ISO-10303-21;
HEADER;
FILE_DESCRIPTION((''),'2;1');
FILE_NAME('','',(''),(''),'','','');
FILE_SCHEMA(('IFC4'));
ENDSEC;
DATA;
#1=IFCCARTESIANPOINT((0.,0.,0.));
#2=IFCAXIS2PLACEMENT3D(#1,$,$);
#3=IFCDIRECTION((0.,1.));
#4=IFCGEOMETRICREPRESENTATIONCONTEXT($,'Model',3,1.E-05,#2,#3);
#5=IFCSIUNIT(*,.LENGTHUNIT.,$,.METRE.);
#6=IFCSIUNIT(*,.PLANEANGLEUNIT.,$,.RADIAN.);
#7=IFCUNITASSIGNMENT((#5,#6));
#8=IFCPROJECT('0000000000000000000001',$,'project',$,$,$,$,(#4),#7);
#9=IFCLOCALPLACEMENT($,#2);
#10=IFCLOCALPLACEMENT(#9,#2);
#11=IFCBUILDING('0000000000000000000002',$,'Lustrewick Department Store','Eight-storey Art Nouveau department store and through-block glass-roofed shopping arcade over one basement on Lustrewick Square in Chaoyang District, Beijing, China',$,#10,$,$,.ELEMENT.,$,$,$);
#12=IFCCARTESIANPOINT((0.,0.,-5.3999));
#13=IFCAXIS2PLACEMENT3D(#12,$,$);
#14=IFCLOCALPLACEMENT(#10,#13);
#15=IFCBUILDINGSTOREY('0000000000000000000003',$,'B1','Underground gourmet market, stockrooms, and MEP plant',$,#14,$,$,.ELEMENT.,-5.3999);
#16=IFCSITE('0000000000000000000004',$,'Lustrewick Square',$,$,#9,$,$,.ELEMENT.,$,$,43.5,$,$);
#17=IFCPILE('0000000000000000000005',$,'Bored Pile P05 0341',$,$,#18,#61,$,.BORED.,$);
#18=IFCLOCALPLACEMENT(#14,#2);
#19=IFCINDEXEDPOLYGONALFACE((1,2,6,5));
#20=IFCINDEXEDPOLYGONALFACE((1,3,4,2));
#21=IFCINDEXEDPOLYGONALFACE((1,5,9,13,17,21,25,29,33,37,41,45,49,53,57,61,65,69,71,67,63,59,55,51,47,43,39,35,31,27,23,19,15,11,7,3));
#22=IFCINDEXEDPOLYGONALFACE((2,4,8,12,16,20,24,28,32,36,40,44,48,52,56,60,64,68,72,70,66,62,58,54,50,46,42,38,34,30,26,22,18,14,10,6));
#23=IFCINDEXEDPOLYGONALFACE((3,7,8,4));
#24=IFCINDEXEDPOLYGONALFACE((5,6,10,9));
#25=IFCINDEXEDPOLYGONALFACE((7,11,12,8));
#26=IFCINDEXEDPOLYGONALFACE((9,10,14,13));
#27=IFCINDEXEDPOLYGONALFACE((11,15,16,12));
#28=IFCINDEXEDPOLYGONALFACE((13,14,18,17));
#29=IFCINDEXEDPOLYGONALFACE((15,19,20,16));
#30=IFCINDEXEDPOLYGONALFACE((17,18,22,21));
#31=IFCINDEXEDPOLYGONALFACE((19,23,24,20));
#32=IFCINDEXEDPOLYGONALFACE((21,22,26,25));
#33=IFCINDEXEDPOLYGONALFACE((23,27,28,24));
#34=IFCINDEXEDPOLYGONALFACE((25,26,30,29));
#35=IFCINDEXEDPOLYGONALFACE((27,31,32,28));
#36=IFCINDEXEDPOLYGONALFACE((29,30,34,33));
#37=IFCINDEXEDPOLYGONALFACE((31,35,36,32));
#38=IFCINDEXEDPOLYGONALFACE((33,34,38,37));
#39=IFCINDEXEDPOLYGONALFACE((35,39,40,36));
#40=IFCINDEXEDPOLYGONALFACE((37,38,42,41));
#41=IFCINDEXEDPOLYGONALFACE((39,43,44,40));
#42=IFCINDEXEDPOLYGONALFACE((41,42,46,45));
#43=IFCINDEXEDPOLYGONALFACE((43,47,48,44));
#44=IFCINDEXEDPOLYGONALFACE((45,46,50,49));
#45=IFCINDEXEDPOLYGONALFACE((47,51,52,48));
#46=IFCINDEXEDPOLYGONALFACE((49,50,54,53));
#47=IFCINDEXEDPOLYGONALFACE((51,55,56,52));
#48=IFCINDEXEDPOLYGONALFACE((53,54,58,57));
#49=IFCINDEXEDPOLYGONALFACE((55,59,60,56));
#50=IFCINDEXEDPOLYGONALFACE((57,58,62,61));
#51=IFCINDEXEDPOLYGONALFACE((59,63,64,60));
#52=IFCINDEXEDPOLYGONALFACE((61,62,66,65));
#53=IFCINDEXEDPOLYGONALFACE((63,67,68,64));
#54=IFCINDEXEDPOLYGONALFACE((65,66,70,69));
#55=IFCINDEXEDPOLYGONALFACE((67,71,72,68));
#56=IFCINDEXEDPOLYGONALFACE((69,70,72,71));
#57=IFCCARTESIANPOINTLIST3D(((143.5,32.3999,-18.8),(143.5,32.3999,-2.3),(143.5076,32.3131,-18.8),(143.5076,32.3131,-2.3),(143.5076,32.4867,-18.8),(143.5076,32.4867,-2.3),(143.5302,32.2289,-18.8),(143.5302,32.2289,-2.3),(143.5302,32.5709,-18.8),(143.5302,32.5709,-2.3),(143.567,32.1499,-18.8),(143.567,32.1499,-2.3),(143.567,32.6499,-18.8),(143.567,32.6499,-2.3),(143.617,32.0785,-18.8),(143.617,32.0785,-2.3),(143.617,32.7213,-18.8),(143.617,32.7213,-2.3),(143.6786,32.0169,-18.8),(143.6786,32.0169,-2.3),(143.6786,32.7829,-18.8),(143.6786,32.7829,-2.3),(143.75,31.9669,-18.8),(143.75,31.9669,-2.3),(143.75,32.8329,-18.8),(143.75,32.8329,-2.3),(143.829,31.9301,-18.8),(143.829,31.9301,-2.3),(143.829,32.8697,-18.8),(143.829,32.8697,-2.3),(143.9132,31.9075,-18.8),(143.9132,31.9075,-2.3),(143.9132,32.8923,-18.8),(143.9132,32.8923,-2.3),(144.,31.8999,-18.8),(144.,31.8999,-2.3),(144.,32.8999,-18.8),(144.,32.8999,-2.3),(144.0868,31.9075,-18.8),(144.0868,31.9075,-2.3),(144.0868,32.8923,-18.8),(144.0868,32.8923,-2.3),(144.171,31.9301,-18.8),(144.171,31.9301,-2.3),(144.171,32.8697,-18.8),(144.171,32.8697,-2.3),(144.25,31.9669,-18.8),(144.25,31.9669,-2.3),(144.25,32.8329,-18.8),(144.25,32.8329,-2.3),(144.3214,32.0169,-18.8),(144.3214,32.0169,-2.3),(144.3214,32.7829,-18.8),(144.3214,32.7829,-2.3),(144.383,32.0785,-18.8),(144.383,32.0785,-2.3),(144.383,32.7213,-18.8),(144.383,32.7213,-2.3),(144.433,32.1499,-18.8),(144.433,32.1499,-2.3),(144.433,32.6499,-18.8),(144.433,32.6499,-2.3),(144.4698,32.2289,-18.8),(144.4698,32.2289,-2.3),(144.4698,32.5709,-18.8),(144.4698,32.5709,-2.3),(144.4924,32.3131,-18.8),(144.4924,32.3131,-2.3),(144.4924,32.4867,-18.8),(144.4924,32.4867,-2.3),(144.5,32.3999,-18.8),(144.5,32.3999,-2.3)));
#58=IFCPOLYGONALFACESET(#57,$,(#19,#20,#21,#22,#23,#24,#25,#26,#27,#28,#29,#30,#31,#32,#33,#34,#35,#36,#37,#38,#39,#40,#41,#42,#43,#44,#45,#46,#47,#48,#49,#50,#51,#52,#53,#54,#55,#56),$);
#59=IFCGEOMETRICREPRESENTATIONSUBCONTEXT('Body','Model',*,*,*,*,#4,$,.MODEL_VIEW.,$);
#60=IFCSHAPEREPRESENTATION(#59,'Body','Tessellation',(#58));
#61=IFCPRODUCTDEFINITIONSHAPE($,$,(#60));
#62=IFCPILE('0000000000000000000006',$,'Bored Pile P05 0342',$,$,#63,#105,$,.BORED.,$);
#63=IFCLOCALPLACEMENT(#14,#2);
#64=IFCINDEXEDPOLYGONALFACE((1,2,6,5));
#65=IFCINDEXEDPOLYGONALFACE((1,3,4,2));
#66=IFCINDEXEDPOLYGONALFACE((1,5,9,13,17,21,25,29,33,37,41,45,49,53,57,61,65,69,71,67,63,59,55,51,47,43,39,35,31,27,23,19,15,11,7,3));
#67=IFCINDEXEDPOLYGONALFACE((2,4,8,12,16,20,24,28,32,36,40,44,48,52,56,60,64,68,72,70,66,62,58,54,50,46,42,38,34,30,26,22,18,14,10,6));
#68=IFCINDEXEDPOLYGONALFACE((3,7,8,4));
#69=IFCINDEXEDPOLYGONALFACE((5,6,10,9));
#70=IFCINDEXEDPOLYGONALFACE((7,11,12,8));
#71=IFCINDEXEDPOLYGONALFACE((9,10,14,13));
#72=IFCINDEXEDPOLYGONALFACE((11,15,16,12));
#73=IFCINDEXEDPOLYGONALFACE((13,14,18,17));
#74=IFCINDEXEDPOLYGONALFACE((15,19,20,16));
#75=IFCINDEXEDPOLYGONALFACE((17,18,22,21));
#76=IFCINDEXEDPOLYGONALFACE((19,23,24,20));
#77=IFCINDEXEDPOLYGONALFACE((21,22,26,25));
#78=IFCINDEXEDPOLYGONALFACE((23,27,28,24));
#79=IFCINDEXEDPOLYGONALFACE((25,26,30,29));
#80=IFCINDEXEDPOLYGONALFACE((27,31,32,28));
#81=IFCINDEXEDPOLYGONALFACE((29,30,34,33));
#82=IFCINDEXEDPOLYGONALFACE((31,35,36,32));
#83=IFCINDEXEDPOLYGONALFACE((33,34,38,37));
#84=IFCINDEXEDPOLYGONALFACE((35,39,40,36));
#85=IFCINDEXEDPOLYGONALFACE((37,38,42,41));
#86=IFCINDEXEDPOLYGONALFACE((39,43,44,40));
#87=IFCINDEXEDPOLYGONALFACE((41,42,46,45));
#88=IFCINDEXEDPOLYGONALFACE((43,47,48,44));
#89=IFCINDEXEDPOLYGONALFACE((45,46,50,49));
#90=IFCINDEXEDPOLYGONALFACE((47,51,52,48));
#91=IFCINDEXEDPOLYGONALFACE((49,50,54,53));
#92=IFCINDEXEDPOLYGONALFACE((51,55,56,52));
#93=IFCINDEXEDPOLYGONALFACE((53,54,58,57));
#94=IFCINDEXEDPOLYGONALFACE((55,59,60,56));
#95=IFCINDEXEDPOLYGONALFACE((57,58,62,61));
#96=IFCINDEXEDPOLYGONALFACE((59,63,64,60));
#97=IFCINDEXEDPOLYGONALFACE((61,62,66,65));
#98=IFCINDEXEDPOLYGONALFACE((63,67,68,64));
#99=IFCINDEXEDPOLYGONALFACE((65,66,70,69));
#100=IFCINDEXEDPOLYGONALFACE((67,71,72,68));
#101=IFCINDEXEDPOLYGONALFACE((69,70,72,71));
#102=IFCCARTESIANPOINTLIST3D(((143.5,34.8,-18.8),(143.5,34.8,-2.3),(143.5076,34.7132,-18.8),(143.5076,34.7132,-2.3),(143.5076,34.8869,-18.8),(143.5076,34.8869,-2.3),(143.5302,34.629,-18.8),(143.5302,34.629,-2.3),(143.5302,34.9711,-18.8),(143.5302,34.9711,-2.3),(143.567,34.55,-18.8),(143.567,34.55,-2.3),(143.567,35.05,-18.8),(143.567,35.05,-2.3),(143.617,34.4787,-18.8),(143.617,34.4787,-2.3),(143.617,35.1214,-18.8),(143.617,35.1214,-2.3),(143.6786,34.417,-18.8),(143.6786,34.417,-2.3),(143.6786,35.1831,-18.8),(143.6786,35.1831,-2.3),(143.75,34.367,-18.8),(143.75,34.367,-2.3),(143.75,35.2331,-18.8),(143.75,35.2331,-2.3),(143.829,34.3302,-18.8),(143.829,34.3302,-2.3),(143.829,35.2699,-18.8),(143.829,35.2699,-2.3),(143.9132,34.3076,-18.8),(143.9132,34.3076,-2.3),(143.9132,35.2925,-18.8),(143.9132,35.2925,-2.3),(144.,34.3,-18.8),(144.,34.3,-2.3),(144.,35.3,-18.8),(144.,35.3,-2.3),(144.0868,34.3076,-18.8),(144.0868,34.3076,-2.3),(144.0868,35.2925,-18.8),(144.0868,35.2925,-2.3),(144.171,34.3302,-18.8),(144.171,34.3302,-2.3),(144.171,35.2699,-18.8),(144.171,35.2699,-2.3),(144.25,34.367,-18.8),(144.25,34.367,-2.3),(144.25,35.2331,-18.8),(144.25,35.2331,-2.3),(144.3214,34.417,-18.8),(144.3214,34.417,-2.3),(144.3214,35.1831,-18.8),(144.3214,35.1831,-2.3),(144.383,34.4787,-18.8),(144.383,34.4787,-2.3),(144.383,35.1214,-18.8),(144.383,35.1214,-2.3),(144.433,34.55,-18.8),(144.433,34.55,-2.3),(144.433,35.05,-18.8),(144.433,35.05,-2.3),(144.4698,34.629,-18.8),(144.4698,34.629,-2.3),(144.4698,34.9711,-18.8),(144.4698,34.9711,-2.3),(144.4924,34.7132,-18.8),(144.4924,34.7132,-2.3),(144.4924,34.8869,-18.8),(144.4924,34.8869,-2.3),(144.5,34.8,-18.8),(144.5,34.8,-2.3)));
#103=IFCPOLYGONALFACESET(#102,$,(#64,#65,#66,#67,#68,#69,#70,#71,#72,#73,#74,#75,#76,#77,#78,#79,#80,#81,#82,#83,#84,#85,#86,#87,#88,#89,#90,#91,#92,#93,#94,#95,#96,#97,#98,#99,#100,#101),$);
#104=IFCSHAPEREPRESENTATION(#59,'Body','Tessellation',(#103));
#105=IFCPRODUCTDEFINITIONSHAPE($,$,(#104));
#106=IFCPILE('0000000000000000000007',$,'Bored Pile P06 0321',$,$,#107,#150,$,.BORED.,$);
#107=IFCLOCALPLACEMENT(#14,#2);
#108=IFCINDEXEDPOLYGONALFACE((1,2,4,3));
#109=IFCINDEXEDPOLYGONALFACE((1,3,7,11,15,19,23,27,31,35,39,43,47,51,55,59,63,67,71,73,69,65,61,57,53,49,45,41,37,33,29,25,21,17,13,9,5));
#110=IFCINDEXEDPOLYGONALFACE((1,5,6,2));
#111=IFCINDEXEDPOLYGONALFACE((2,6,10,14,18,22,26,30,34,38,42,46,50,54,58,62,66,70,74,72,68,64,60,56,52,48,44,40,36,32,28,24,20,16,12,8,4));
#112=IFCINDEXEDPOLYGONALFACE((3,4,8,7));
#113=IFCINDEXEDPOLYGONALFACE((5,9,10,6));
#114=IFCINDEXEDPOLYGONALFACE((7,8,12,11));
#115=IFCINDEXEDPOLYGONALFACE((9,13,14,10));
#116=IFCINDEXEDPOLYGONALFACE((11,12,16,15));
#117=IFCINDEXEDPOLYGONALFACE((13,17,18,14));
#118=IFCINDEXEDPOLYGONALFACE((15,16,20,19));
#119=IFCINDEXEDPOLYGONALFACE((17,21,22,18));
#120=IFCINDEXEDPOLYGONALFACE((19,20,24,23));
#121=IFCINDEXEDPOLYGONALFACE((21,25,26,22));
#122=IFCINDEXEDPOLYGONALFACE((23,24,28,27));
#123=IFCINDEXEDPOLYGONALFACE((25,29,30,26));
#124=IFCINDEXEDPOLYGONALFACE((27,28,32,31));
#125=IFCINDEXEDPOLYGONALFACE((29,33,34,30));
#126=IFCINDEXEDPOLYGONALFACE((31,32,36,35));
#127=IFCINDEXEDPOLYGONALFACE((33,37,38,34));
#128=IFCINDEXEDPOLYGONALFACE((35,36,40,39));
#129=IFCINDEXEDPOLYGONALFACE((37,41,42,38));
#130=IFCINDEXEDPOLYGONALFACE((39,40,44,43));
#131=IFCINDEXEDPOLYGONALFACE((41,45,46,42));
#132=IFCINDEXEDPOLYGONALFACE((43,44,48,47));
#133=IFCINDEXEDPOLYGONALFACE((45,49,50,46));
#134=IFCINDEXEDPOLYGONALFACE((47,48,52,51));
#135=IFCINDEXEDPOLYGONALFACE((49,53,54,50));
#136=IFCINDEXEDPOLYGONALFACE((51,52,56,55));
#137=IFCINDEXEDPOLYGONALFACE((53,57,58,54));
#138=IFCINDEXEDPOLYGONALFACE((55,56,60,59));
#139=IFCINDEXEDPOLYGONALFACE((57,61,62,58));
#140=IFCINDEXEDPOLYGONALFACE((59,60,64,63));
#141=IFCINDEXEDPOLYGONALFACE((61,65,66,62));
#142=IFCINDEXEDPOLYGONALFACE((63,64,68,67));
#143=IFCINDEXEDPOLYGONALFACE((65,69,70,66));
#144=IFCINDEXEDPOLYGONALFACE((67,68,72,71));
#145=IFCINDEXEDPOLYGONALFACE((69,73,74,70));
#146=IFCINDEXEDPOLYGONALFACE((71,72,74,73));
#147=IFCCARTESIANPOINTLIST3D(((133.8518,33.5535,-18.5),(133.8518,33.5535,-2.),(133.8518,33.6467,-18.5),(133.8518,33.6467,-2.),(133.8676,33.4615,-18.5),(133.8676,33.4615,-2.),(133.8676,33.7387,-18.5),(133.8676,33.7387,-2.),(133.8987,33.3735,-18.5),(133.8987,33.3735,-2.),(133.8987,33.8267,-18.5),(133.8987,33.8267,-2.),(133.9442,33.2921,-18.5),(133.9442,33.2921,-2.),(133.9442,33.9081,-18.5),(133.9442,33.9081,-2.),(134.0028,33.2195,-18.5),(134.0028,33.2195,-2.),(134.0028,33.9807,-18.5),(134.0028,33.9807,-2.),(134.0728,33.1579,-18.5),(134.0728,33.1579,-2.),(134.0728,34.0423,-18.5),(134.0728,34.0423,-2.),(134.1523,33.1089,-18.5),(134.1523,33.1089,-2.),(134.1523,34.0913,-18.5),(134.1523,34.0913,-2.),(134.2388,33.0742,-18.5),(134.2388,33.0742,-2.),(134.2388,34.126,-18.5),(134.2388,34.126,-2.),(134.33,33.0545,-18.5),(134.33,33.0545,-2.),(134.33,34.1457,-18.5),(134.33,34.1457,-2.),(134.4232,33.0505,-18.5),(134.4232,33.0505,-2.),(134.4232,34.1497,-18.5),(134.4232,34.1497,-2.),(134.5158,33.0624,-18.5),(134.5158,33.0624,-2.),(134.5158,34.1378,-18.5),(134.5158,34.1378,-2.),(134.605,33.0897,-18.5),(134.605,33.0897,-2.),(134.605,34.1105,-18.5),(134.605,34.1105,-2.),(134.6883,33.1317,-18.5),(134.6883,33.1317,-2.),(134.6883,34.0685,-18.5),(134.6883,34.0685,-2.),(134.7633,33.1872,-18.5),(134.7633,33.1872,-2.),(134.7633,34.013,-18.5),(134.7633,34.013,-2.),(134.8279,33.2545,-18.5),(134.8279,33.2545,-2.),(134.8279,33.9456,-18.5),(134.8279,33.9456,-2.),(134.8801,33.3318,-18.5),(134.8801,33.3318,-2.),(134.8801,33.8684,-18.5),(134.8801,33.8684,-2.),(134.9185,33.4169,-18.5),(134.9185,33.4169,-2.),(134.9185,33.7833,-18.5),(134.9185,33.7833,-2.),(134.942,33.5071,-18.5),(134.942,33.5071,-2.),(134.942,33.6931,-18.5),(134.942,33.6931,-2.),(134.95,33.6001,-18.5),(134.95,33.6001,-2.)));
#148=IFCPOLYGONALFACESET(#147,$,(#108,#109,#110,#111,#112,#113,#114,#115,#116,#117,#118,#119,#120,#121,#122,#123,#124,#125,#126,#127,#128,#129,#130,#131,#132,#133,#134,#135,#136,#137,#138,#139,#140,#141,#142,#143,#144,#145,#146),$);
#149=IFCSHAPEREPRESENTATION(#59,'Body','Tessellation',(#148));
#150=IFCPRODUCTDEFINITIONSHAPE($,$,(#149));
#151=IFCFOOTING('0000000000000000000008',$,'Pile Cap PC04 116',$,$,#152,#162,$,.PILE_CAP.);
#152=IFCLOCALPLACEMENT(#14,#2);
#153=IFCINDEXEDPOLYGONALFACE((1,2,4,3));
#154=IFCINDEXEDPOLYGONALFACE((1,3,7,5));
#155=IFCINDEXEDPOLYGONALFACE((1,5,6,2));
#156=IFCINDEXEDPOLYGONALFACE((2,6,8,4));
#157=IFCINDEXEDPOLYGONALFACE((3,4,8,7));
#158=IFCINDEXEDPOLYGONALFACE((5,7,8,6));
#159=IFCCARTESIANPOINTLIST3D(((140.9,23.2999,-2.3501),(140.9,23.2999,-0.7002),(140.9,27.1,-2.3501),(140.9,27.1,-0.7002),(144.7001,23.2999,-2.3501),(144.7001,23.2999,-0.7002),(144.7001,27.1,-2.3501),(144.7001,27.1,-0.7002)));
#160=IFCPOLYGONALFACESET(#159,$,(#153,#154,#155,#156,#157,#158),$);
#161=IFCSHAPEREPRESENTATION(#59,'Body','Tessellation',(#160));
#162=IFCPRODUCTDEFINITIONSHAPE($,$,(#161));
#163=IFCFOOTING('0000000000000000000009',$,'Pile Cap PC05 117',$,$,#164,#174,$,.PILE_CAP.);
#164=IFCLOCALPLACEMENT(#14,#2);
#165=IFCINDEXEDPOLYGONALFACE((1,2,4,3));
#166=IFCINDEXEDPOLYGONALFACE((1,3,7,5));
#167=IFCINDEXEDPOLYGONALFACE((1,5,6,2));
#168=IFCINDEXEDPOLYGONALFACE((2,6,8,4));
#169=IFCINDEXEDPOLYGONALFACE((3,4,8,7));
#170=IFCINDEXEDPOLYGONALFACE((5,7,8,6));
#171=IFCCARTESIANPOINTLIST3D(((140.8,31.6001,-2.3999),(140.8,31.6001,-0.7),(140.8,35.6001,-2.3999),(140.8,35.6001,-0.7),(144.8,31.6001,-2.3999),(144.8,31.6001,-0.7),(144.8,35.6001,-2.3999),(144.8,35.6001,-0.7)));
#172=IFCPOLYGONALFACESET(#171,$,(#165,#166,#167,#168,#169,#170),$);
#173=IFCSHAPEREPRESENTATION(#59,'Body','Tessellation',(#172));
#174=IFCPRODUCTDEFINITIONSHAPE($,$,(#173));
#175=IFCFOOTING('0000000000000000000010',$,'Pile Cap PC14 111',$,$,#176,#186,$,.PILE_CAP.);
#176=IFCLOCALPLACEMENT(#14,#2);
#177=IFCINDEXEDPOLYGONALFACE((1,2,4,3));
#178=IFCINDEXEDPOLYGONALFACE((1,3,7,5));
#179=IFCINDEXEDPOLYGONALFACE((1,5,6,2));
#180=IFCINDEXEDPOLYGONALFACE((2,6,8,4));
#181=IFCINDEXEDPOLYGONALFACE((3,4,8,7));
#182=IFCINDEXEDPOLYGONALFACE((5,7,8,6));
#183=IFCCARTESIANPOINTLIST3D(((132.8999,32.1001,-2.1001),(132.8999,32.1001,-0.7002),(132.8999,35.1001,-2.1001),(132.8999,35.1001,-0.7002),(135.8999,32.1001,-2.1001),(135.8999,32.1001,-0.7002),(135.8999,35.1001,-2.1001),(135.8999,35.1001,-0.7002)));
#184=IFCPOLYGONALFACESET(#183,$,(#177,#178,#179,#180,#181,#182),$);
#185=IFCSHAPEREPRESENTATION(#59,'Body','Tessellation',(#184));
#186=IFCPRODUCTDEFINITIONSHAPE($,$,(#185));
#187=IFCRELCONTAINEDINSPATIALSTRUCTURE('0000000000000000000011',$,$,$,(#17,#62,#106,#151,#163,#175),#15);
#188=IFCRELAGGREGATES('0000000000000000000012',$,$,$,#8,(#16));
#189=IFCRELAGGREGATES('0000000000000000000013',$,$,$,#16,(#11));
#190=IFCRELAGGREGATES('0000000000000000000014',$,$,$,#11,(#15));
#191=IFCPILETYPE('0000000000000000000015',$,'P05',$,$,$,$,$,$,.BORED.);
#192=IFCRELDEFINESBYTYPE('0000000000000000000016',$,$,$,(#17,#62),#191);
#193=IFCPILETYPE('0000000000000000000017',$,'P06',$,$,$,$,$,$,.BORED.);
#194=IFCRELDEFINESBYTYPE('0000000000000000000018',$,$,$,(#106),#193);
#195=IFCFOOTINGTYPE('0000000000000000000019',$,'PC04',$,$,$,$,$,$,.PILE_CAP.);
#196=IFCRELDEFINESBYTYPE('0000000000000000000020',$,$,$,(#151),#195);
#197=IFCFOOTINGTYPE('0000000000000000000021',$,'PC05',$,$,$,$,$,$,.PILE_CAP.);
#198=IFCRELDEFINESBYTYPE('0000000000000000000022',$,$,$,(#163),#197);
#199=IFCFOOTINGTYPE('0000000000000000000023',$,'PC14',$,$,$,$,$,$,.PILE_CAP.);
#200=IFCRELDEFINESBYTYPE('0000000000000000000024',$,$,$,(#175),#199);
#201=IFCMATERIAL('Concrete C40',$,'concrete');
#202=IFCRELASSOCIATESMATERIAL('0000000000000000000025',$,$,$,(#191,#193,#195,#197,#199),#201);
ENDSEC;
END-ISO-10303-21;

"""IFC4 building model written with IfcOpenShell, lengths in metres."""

from ifc_helpers import new_model, si_unit, direction, frame, origin, origin_2d, place, context, subcontext, project, spatial, rectangle, circle, extrude, material, material_profile, profile_set, type_object, element, save


model = new_model("IFC4")

# Units and contexts
model_context = context("Model", 3, precision=1e-05, world=origin(), true_north=direction((0.0, 1.0)))
body_context = subcontext(model_context, "Body", "Model", "MODEL_VIEW")
ifc_project = project(units=[si_unit("LENGTHUNIT", "METRE"), si_unit("PLANEANGLEUNIT", "RADIAN")], contexts=[model_context])

# Site, building, storey
site_placement = place(None, origin())
site = spatial("IfcSite", under=ifc_project, at=site_placement, Name="Lustrewick Square", CompositionType="ELEMENT", RefElevation=43.5)
building_placement = place(site_placement, origin())
building = spatial("IfcBuilding", under=site, at=building_placement, Name="Lustrewick Department Store", Description="Eight-storey Art Nouveau department store and through-block glass-roofed shopping arcade over one basement on Lustrewick Square in Chaoyang District, Beijing, China", CompositionType="ELEMENT")
storey_placement = place(building_placement, frame((0.0, 0.0, -5.3999)))
storey = spatial("IfcBuildingStorey", under=building, at=storey_placement, Name="B1", Description="Underground gourmet market, stockrooms, and MEP plant", CompositionType="ELEMENT", Elevation=-5.3999)

# Piles
ifc_material_1 = material(Name="Concrete C40", Category="concrete")
ifc_material_profile_1 = material_profile(ifc_material_1, circle(Radius=0.5, at=origin_2d()), Name="PILE D1000")
ifc_profile_set_1 = profile_set([ifc_material_profile_1], Name="Concrete C40")
pile_type_1 = type_object("IfcPileType", Name="P05", PredefinedType="BORED", material=ifc_profile_set_1)
for number, where, z_axis, x_axis, name in (
    (1, (144.0, 32.3999, -2.3), (0.0, 0.0, -1.0), (1.0, 0.0, 0.0), "Bored Pile P05 0341"),
    (2, (144.0, 34.8, -2.3), (0.0, 0.0, -1.0), (1.0, 0.0, 0.0), "Bored Pile P05 0342"),
):
    element("IfcPile", number, at=place(storey_placement, frame(where, z_axis=z_axis, x_axis=x_axis)), inside=storey, type_object=pile_type_1, Name=name, PredefinedType="BORED", context=body_context, shape_type="SweptSolid", body=[
        extrude(circle(Radius=0.5, at=origin_2d()), origin(), (0.0, 0.0, 1.0), 16.5),
    ])
ifc_material_profile_2 = material_profile(ifc_material_1, circle(Radius=0.55, at=origin_2d()), Name="PILE D1100")
ifc_profile_set_2 = profile_set([ifc_material_profile_2], Name="Concrete C40")
pile_type_2 = type_object("IfcPileType", Name="P06", PredefinedType="BORED", material=ifc_profile_set_2)
pile_placement = place(storey_placement, frame((134.3999, 33.6001, -2.0), z_axis=(0.0, 0.0, -1.0), x_axis=(1.0, 0.0, 0.0)))
element("IfcPile", 3, at=pile_placement, inside=storey, type_object=pile_type_2, Name="Bored Pile P06 0321", PredefinedType="BORED", context=body_context, shape_type="SweptSolid", body=[
    extrude(circle(Radius=0.55, at=origin_2d()), origin(), (0.0, 0.0, 1.0), 16.5),
])

# Footings
footing_type_1 = type_object("IfcFootingType", Name="PC04", PredefinedType="PILE_CAP", material=ifc_material_1)
footing_1_placement = place(storey_placement, frame((142.8, 25.2, -2.3501), z_axis=(0.0, 0.0, 1.0), x_axis=(1.0, 0.0, 0.0)))
element("IfcFooting", 4, at=footing_1_placement, inside=storey, type_object=footing_type_1, Name="Pile Cap PC04 116", PredefinedType="PILE_CAP", context=body_context, shape_type="SweptSolid", body=[
    extrude(rectangle(XDim=3.8, YDim=3.8, at=origin_2d()), origin(), (0.0, 0.0, 1.0), 1.6499),
])
footing_type_2 = type_object("IfcFootingType", Name="PC05", PredefinedType="PILE_CAP", material=ifc_material_1)
footing_2_placement = place(storey_placement, frame((142.8, 33.6001, -2.3999), z_axis=(0.0, 0.0, 1.0), x_axis=(1.0, 0.0, 0.0)))
element("IfcFooting", 5, at=footing_2_placement, inside=storey, type_object=footing_type_2, Name="Pile Cap PC05 117", PredefinedType="PILE_CAP", context=body_context, shape_type="SweptSolid", body=[
    extrude(rectangle(XDim=4.0, YDim=4.0, at=origin_2d()), origin(), (0.0, 0.0, 1.0), 1.7),
])
footing_type_3 = type_object("IfcFootingType", Name="PC14", PredefinedType="PILE_CAP", material=ifc_material_1)
footing_3_placement = place(storey_placement, frame((134.3999, 33.6001, -2.1001), z_axis=(0.0, 0.0, 1.0), x_axis=(1.0, 0.0, 0.0)))
element("IfcFooting", 6, at=footing_3_placement, inside=storey, type_object=footing_type_3, Name="Pile Cap PC14 111", PredefinedType="PILE_CAP", context=body_context, shape_type="SweptSolid", body=[
    extrude(rectangle(XDim=3.0, YDim=3.0, at=origin_2d()), origin(), (0.0, 0.0, 1.0), 1.3999),
])

save(model, "model.ifc")
